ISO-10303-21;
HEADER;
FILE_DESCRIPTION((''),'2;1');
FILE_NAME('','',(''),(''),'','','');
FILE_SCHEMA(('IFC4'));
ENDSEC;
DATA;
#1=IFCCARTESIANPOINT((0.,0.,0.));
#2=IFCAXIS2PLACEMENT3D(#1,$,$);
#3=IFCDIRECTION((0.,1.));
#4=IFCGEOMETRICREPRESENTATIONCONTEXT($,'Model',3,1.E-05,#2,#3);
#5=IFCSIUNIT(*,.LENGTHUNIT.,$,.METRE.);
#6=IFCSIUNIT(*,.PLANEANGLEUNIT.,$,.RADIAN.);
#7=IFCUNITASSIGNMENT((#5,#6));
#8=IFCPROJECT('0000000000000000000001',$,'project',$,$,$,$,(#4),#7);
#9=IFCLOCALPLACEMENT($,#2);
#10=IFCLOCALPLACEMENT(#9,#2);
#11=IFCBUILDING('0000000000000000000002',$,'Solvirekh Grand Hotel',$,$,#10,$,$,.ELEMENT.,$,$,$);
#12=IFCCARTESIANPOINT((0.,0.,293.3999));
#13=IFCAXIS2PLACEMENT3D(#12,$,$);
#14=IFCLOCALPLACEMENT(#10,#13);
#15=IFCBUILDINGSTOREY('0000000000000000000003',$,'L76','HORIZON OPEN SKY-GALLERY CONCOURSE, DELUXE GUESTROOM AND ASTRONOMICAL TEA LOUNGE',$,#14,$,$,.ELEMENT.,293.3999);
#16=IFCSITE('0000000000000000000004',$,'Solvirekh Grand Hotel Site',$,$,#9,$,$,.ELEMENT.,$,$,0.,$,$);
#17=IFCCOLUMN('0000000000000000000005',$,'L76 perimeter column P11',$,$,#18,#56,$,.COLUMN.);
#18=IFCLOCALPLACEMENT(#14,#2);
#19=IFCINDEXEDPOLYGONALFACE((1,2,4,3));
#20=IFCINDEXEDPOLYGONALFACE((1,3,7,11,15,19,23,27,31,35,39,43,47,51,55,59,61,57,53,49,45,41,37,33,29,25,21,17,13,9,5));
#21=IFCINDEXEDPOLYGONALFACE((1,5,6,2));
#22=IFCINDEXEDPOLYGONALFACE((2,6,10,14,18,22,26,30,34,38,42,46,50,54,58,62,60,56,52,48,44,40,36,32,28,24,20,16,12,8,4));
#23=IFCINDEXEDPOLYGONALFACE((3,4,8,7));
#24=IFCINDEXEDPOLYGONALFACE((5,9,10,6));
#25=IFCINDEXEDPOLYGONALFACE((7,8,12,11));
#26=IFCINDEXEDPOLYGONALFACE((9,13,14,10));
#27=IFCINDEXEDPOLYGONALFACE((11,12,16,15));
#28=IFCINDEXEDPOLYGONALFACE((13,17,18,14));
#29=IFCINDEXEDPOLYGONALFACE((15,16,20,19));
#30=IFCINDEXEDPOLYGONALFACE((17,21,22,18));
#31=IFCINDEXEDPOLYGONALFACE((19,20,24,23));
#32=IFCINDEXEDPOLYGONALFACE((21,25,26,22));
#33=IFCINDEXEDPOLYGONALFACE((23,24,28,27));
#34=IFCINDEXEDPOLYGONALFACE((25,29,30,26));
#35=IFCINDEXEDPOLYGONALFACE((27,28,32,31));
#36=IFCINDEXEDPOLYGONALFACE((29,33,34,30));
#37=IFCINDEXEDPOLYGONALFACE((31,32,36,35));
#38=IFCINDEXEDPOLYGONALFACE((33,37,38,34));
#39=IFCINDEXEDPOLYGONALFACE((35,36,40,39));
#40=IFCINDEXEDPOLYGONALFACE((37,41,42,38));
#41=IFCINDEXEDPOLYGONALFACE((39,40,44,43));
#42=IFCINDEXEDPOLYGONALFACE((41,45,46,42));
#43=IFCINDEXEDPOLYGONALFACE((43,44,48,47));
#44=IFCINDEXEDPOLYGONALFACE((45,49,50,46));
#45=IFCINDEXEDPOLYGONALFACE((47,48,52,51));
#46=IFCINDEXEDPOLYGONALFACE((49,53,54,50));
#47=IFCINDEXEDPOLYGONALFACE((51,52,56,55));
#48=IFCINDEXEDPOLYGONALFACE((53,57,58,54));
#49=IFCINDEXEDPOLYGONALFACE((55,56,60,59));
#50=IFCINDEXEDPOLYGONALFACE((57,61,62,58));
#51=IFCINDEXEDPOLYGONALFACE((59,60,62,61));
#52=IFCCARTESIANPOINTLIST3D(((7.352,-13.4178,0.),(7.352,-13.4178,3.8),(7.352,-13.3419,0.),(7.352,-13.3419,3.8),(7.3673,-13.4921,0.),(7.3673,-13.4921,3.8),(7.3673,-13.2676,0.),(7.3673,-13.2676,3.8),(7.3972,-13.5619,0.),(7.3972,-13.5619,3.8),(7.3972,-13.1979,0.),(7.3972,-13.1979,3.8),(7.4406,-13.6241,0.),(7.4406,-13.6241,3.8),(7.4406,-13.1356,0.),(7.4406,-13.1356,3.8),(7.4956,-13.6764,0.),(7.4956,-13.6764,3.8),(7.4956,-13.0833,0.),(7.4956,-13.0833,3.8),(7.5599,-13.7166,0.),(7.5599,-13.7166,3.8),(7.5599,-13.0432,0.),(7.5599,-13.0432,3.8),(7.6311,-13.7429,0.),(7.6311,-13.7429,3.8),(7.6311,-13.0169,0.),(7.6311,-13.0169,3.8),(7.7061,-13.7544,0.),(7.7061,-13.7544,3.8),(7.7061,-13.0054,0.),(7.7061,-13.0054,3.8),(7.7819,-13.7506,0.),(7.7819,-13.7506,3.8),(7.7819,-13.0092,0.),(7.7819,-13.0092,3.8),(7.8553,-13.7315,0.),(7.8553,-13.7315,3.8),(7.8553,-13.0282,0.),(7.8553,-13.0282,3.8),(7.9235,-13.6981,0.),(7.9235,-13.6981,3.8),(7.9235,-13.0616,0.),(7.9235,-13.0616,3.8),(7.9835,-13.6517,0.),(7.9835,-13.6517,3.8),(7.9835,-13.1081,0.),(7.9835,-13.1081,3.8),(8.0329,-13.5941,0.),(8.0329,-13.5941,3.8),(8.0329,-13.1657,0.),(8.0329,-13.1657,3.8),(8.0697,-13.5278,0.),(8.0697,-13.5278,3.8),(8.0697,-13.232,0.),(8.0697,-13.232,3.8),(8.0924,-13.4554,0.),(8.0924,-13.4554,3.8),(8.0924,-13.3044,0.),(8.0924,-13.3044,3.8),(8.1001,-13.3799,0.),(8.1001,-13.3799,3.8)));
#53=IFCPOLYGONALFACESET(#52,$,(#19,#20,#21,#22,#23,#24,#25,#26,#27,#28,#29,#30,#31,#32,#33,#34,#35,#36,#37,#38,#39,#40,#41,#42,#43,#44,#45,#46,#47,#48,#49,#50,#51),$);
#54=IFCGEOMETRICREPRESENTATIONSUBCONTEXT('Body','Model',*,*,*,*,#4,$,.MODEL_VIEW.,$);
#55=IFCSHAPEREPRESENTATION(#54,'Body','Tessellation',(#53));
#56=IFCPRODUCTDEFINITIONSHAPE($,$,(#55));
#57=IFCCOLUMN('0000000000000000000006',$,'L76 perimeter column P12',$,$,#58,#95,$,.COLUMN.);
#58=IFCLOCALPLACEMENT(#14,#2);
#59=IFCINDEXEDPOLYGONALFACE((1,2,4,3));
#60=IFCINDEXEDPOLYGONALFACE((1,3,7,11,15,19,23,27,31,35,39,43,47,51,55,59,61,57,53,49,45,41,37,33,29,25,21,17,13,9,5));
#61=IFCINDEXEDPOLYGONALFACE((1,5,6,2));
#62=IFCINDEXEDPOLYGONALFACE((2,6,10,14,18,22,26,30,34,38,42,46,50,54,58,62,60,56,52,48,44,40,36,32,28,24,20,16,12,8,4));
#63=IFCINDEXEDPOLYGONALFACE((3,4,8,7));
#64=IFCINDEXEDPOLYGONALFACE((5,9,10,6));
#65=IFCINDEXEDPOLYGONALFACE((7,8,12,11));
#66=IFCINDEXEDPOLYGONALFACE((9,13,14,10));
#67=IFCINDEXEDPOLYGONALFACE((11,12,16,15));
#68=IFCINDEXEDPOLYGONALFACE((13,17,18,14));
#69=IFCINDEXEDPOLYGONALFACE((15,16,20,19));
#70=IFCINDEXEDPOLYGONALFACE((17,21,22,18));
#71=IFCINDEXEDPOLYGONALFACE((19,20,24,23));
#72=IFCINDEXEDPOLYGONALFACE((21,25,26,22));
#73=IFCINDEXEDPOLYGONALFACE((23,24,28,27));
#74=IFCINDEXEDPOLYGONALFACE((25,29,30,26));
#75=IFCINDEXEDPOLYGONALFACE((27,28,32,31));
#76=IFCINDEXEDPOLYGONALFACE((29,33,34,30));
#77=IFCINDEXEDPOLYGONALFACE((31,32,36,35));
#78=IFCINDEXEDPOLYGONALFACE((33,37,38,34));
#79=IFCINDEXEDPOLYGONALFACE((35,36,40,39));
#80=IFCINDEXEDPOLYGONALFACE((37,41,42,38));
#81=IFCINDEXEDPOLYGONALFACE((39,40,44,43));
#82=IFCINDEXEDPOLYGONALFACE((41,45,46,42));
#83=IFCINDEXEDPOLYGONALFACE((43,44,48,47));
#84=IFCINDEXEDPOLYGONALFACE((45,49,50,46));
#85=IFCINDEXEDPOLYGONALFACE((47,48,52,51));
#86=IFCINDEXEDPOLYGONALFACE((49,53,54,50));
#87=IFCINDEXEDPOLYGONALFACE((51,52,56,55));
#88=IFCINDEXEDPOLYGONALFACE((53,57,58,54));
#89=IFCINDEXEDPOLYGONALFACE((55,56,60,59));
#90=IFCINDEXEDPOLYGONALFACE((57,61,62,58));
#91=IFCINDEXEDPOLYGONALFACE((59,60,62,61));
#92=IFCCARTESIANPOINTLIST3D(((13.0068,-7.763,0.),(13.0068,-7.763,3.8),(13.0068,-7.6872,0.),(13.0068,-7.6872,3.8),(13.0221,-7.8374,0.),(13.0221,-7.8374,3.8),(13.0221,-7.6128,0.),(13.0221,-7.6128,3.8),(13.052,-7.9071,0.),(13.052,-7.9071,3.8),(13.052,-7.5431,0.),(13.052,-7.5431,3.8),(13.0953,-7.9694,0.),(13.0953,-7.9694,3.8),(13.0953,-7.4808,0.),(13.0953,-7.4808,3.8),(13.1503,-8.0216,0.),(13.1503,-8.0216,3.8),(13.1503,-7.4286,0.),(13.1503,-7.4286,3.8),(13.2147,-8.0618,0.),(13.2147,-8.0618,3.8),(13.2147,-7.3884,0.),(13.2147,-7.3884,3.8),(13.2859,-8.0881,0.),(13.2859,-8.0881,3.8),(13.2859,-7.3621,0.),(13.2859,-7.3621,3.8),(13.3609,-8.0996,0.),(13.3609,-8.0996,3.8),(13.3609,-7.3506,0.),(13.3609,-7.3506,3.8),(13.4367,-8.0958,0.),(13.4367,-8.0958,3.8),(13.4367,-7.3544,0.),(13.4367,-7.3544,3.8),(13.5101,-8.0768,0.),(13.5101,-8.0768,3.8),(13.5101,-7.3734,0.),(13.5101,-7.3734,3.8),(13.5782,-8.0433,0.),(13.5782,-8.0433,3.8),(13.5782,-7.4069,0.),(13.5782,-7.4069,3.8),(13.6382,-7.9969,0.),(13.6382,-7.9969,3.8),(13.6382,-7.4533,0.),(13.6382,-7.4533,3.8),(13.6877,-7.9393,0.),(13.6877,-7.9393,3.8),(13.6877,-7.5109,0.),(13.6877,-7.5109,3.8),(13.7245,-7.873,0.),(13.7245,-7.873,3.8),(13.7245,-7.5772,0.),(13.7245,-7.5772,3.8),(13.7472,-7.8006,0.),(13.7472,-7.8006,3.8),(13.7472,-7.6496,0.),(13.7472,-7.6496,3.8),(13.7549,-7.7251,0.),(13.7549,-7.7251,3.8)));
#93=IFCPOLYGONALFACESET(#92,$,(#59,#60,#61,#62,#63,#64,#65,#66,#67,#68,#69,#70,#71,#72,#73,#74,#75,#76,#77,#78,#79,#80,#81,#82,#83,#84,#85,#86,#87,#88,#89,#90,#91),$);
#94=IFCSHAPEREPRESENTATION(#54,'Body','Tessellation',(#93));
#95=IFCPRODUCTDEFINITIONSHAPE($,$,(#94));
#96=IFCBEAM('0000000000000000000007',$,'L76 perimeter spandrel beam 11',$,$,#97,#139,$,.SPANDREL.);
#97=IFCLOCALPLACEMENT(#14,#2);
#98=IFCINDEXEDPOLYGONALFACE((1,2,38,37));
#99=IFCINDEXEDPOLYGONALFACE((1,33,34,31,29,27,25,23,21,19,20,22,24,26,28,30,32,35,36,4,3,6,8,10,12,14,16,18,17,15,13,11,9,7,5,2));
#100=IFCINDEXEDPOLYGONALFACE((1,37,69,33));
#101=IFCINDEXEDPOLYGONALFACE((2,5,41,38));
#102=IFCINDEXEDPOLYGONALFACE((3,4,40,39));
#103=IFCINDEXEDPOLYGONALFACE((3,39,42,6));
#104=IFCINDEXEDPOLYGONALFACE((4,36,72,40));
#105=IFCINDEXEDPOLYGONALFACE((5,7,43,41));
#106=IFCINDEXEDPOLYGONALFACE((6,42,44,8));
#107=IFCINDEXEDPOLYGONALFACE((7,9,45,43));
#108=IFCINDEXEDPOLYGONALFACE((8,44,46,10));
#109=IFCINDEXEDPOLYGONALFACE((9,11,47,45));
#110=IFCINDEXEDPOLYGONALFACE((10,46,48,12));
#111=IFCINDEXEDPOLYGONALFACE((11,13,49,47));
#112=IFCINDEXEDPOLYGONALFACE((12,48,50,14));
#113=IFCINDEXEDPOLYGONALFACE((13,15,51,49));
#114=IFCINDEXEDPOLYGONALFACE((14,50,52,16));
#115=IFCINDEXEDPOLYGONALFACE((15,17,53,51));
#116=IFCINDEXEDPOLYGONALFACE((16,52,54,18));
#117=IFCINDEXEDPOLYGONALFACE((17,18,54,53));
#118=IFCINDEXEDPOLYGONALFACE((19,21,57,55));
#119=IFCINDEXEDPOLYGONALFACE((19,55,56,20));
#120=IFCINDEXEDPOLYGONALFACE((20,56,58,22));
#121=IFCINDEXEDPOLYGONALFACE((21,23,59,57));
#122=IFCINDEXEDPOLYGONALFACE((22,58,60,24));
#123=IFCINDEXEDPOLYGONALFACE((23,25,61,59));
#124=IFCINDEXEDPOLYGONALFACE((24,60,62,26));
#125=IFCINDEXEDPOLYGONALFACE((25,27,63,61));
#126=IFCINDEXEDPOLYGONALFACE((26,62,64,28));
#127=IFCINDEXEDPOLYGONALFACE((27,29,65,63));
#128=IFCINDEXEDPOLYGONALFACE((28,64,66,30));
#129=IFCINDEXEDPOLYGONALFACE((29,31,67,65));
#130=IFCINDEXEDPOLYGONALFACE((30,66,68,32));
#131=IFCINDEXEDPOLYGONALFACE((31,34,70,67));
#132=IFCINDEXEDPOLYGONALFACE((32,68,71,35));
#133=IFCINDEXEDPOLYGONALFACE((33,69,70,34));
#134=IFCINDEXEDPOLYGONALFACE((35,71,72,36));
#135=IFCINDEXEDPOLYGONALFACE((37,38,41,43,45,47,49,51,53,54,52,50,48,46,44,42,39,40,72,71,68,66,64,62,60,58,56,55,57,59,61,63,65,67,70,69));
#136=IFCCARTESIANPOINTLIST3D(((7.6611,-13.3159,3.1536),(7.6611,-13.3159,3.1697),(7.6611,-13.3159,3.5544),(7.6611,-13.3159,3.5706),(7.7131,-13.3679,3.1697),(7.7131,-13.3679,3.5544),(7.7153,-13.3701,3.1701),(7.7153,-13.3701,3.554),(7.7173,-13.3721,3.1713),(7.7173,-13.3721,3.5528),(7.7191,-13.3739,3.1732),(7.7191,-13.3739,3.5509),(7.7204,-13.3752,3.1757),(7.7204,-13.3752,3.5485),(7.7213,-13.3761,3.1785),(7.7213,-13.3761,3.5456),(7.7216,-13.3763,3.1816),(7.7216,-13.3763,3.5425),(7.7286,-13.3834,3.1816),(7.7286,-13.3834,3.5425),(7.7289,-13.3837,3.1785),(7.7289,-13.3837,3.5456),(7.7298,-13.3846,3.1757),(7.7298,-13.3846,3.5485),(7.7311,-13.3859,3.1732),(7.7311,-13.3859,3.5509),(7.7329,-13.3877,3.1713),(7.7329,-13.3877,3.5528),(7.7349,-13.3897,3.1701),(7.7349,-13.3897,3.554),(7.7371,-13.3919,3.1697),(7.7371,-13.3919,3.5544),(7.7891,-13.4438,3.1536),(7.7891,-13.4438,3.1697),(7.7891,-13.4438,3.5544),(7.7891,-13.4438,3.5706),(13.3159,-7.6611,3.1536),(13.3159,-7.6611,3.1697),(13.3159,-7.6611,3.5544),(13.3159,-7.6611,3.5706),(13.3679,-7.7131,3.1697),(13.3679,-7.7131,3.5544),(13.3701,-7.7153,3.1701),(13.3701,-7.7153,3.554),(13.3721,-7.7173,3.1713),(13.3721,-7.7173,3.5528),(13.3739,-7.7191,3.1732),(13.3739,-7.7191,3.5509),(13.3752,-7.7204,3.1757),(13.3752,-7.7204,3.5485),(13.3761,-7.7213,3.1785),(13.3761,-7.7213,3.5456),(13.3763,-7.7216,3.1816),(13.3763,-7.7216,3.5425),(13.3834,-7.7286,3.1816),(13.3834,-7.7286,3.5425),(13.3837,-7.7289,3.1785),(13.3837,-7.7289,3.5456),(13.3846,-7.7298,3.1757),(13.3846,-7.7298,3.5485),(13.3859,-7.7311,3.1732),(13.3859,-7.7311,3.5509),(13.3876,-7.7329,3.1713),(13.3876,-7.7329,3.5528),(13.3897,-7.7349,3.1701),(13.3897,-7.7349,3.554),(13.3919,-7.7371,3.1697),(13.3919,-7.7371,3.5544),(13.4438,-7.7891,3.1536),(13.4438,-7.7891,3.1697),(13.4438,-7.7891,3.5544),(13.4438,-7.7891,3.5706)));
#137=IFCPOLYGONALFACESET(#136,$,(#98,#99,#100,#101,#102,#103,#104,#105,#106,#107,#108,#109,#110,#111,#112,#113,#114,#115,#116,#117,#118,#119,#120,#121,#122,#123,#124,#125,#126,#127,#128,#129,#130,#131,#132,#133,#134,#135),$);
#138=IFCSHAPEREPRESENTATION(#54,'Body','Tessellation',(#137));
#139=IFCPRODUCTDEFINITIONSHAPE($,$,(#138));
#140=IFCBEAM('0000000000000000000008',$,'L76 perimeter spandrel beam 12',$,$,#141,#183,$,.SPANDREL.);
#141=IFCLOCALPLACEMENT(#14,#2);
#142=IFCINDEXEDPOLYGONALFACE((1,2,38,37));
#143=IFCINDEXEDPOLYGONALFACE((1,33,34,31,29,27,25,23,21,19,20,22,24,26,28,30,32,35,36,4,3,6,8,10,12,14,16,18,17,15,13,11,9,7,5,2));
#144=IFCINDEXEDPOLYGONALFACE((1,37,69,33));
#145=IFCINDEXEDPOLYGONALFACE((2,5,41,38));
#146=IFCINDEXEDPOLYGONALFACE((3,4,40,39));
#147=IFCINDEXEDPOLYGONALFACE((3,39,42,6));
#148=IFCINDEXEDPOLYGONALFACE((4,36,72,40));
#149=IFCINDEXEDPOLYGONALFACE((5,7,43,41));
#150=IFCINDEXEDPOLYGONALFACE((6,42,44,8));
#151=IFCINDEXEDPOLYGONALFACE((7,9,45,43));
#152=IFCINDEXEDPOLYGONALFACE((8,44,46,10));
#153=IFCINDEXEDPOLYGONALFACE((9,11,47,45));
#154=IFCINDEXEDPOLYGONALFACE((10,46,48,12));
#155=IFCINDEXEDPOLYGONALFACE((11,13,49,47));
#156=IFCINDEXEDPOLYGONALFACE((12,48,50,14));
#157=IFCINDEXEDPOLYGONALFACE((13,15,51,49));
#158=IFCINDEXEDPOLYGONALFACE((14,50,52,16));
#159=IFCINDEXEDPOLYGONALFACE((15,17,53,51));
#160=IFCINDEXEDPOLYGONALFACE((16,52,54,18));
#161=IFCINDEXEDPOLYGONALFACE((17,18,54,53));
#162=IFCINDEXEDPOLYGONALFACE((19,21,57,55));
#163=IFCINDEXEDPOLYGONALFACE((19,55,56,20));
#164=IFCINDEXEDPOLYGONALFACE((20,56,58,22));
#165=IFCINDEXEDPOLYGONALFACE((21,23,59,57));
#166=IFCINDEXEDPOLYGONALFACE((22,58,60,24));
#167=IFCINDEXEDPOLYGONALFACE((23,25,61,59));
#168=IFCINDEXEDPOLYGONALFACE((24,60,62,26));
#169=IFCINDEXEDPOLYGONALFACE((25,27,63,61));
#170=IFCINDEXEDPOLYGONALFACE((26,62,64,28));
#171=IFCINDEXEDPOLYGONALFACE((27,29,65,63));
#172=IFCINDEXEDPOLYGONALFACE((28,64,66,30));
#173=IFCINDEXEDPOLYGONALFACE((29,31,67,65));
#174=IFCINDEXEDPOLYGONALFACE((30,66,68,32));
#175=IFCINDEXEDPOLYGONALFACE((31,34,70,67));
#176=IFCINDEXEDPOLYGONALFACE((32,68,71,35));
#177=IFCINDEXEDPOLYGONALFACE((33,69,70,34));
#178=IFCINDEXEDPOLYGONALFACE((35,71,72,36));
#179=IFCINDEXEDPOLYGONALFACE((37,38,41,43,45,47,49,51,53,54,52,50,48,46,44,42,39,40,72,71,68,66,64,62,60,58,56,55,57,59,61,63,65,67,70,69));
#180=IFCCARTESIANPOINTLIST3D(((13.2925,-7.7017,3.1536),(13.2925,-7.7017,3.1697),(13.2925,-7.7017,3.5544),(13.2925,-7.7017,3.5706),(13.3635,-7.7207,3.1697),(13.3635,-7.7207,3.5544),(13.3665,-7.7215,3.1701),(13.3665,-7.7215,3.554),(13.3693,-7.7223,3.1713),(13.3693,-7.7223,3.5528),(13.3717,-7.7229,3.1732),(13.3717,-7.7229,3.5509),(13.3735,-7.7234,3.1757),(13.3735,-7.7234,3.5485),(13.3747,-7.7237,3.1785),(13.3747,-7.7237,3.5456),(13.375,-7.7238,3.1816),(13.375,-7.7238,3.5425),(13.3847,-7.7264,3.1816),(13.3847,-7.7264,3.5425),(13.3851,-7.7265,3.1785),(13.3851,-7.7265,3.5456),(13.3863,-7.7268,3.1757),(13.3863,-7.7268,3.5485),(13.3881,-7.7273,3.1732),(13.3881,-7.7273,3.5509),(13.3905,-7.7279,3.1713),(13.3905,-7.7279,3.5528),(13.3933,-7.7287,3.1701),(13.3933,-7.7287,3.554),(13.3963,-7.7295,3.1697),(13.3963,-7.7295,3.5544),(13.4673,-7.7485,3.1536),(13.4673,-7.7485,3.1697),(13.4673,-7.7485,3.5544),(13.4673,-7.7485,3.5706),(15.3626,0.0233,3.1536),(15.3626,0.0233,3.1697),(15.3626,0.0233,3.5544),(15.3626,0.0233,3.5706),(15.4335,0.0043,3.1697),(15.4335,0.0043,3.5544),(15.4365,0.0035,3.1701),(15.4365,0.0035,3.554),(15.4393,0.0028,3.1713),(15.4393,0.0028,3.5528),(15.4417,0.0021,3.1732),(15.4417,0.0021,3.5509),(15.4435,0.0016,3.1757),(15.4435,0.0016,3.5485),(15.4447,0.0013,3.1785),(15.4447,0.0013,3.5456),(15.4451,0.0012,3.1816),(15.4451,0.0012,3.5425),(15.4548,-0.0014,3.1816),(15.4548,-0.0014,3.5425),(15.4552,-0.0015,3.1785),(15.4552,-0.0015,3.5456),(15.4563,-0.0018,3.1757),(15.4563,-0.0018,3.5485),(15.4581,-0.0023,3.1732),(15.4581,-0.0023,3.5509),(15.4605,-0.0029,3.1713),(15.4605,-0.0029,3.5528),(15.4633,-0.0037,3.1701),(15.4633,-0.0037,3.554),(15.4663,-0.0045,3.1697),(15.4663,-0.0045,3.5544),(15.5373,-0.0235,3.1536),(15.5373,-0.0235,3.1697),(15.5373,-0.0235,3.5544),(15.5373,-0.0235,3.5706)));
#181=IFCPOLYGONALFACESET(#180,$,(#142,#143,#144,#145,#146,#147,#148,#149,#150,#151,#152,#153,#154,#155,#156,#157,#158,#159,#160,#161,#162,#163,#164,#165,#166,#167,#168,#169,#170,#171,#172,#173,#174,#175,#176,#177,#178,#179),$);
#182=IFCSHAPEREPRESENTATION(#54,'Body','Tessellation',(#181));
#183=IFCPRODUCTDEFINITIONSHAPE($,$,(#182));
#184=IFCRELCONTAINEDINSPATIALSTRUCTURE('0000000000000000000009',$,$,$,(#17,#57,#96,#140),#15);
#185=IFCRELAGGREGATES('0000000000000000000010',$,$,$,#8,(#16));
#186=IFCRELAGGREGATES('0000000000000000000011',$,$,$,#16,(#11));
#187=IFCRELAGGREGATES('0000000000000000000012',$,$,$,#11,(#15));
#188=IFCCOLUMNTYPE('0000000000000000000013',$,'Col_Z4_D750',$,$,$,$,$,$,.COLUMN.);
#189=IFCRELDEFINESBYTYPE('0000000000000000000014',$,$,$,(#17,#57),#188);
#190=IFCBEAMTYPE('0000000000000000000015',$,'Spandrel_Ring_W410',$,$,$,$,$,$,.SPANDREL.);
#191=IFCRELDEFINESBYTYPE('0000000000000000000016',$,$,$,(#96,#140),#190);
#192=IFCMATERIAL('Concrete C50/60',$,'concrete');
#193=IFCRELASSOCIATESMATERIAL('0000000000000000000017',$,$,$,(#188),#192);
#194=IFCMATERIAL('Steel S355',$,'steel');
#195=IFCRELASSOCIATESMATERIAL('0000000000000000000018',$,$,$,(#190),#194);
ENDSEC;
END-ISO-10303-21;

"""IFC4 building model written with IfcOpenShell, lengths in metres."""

from ifc_helpers import new_model, si_unit, direction, frame, origin, origin_2d, place, context, subcontext, project, spatial, circle, i_section, extrude, material, material_profile, profile_set, type_object, element, save


model = new_model("IFC4")

# Units and contexts
model_context = context("Model", 3, precision=1e-05, world=origin(), true_north=direction((0.0, 1.0)))
body_context = subcontext(model_context, "Body", "Model", "MODEL_VIEW")
ifc_project = project(units=[si_unit("LENGTHUNIT", "METRE"), si_unit("PLANEANGLEUNIT", "RADIAN")], contexts=[model_context])

# Site, building, storey
site_placement = place(None, origin())
site = spatial("IfcSite", under=ifc_project, at=site_placement, Name="Solvirekh Grand Hotel Site", CompositionType="ELEMENT", RefElevation=0.0)
building_placement = place(site_placement, origin())
building = spatial("IfcBuilding", under=site, at=building_placement, Name="Solvirekh Grand Hotel", CompositionType="ELEMENT")
storey_placement = place(building_placement, frame((0.0, 0.0, 293.3999)))
storey = spatial("IfcBuildingStorey", under=building, at=storey_placement, Name="L76", Description="HORIZON OPEN SKY-GALLERY CONCOURSE, DELUXE GUESTROOM AND ASTRONOMICAL TEA LOUNGE", CompositionType="ELEMENT", Elevation=293.3999)

# Columns
ifc_material_1 = material(Name="Concrete C50/60", Category="concrete")
ifc_material_profile_1 = material_profile(ifc_material_1, circle(Radius=0.375, at=origin_2d()), Name="RC CIRC D750")
ifc_profile_set_1 = profile_set([ifc_material_profile_1], Name="Concrete C50/60")
column_type = type_object("IfcColumnType", Name="Col_Z4_D750", PredefinedType="COLUMN", material=ifc_profile_set_1)
for number, where, z_axis, x_axis, name in (
    (1, (7.7251, -13.3799, 0.0), (0.0, 0.0, 1.0), (1.0, 0.0, 0.0), "L76 perimeter column P11"),
    (2, (13.3799, -7.7251, 0.0), (0.0, 0.0, 1.0), (1.0, 0.0, 0.0), "L76 perimeter column P12"),
):
    element("IfcColumn", number, at=place(storey_placement, frame(where, z_axis=z_axis, x_axis=x_axis)), inside=storey, type_object=column_type, Name=name, PredefinedType="COLUMN", context=body_context, shape_type="SweptSolid", body=[
        extrude(circle(Radius=0.375, at=origin_2d()), origin(), (0.0, 0.0, 1.0), 3.8),
    ])

# Beams
ifc_material_2 = material(Name="Steel S355", Category="steel")
ifc_material_profile_2 = material_profile(ifc_material_2, i_section(OverallWidth=0.1809, OverallDepth=0.417, WebThickness=0.01, FlangeThickness=0.0161, FilletRadius=0.012, at=origin_2d()), Name="W410X85")
ifc_profile_set_2 = profile_set([ifc_material_profile_2], Name="Steel S355")
beam_type = type_object("IfcBeamType", Name="Spandrel_Ring_W410", PredefinedType="SPANDREL", material=ifc_profile_set_2)
beam_1_placement = place(storey_placement, frame((7.7251, -13.3799, 3.3621), z_axis=(0.707107, 0.707107, 0.0), x_axis=(-0.707107, 0.707107, 0.0)))
element("IfcBeam", 3, at=beam_1_placement, inside=storey, type_object=beam_type, Name="L76 perimeter spandrel beam 11", PredefinedType="SPANDREL", context=body_context, shape_type="SweptSolid", body=[
    extrude(i_section(OverallWidth=0.1809, OverallDepth=0.417, WebThickness=0.01, FlangeThickness=0.0161, FilletRadius=0.012, at=origin_2d()), origin(), (0.0, 0.0, 1.0), 7.9971),
])
beam_2_placement = place(storey_placement, frame((13.3799, -7.7251, 3.3621), z_axis=(0.258835, 0.965922, 0.0), x_axis=(-0.965922, 0.258835, 0.0)))
element("IfcBeam", 4, at=beam_2_placement, inside=storey, type_object=beam_type, Name="L76 perimeter spandrel beam 12", PredefinedType="SPANDREL", context=body_context, shape_type="SweptSolid", body=[
    extrude(i_section(OverallWidth=0.1809, OverallDepth=0.417, WebThickness=0.01, FlangeThickness=0.0161, FilletRadius=0.012, at=origin_2d()), origin(), (0.0, 0.0, 1.0), 7.9976),
])

save(model, "model.ifc")
